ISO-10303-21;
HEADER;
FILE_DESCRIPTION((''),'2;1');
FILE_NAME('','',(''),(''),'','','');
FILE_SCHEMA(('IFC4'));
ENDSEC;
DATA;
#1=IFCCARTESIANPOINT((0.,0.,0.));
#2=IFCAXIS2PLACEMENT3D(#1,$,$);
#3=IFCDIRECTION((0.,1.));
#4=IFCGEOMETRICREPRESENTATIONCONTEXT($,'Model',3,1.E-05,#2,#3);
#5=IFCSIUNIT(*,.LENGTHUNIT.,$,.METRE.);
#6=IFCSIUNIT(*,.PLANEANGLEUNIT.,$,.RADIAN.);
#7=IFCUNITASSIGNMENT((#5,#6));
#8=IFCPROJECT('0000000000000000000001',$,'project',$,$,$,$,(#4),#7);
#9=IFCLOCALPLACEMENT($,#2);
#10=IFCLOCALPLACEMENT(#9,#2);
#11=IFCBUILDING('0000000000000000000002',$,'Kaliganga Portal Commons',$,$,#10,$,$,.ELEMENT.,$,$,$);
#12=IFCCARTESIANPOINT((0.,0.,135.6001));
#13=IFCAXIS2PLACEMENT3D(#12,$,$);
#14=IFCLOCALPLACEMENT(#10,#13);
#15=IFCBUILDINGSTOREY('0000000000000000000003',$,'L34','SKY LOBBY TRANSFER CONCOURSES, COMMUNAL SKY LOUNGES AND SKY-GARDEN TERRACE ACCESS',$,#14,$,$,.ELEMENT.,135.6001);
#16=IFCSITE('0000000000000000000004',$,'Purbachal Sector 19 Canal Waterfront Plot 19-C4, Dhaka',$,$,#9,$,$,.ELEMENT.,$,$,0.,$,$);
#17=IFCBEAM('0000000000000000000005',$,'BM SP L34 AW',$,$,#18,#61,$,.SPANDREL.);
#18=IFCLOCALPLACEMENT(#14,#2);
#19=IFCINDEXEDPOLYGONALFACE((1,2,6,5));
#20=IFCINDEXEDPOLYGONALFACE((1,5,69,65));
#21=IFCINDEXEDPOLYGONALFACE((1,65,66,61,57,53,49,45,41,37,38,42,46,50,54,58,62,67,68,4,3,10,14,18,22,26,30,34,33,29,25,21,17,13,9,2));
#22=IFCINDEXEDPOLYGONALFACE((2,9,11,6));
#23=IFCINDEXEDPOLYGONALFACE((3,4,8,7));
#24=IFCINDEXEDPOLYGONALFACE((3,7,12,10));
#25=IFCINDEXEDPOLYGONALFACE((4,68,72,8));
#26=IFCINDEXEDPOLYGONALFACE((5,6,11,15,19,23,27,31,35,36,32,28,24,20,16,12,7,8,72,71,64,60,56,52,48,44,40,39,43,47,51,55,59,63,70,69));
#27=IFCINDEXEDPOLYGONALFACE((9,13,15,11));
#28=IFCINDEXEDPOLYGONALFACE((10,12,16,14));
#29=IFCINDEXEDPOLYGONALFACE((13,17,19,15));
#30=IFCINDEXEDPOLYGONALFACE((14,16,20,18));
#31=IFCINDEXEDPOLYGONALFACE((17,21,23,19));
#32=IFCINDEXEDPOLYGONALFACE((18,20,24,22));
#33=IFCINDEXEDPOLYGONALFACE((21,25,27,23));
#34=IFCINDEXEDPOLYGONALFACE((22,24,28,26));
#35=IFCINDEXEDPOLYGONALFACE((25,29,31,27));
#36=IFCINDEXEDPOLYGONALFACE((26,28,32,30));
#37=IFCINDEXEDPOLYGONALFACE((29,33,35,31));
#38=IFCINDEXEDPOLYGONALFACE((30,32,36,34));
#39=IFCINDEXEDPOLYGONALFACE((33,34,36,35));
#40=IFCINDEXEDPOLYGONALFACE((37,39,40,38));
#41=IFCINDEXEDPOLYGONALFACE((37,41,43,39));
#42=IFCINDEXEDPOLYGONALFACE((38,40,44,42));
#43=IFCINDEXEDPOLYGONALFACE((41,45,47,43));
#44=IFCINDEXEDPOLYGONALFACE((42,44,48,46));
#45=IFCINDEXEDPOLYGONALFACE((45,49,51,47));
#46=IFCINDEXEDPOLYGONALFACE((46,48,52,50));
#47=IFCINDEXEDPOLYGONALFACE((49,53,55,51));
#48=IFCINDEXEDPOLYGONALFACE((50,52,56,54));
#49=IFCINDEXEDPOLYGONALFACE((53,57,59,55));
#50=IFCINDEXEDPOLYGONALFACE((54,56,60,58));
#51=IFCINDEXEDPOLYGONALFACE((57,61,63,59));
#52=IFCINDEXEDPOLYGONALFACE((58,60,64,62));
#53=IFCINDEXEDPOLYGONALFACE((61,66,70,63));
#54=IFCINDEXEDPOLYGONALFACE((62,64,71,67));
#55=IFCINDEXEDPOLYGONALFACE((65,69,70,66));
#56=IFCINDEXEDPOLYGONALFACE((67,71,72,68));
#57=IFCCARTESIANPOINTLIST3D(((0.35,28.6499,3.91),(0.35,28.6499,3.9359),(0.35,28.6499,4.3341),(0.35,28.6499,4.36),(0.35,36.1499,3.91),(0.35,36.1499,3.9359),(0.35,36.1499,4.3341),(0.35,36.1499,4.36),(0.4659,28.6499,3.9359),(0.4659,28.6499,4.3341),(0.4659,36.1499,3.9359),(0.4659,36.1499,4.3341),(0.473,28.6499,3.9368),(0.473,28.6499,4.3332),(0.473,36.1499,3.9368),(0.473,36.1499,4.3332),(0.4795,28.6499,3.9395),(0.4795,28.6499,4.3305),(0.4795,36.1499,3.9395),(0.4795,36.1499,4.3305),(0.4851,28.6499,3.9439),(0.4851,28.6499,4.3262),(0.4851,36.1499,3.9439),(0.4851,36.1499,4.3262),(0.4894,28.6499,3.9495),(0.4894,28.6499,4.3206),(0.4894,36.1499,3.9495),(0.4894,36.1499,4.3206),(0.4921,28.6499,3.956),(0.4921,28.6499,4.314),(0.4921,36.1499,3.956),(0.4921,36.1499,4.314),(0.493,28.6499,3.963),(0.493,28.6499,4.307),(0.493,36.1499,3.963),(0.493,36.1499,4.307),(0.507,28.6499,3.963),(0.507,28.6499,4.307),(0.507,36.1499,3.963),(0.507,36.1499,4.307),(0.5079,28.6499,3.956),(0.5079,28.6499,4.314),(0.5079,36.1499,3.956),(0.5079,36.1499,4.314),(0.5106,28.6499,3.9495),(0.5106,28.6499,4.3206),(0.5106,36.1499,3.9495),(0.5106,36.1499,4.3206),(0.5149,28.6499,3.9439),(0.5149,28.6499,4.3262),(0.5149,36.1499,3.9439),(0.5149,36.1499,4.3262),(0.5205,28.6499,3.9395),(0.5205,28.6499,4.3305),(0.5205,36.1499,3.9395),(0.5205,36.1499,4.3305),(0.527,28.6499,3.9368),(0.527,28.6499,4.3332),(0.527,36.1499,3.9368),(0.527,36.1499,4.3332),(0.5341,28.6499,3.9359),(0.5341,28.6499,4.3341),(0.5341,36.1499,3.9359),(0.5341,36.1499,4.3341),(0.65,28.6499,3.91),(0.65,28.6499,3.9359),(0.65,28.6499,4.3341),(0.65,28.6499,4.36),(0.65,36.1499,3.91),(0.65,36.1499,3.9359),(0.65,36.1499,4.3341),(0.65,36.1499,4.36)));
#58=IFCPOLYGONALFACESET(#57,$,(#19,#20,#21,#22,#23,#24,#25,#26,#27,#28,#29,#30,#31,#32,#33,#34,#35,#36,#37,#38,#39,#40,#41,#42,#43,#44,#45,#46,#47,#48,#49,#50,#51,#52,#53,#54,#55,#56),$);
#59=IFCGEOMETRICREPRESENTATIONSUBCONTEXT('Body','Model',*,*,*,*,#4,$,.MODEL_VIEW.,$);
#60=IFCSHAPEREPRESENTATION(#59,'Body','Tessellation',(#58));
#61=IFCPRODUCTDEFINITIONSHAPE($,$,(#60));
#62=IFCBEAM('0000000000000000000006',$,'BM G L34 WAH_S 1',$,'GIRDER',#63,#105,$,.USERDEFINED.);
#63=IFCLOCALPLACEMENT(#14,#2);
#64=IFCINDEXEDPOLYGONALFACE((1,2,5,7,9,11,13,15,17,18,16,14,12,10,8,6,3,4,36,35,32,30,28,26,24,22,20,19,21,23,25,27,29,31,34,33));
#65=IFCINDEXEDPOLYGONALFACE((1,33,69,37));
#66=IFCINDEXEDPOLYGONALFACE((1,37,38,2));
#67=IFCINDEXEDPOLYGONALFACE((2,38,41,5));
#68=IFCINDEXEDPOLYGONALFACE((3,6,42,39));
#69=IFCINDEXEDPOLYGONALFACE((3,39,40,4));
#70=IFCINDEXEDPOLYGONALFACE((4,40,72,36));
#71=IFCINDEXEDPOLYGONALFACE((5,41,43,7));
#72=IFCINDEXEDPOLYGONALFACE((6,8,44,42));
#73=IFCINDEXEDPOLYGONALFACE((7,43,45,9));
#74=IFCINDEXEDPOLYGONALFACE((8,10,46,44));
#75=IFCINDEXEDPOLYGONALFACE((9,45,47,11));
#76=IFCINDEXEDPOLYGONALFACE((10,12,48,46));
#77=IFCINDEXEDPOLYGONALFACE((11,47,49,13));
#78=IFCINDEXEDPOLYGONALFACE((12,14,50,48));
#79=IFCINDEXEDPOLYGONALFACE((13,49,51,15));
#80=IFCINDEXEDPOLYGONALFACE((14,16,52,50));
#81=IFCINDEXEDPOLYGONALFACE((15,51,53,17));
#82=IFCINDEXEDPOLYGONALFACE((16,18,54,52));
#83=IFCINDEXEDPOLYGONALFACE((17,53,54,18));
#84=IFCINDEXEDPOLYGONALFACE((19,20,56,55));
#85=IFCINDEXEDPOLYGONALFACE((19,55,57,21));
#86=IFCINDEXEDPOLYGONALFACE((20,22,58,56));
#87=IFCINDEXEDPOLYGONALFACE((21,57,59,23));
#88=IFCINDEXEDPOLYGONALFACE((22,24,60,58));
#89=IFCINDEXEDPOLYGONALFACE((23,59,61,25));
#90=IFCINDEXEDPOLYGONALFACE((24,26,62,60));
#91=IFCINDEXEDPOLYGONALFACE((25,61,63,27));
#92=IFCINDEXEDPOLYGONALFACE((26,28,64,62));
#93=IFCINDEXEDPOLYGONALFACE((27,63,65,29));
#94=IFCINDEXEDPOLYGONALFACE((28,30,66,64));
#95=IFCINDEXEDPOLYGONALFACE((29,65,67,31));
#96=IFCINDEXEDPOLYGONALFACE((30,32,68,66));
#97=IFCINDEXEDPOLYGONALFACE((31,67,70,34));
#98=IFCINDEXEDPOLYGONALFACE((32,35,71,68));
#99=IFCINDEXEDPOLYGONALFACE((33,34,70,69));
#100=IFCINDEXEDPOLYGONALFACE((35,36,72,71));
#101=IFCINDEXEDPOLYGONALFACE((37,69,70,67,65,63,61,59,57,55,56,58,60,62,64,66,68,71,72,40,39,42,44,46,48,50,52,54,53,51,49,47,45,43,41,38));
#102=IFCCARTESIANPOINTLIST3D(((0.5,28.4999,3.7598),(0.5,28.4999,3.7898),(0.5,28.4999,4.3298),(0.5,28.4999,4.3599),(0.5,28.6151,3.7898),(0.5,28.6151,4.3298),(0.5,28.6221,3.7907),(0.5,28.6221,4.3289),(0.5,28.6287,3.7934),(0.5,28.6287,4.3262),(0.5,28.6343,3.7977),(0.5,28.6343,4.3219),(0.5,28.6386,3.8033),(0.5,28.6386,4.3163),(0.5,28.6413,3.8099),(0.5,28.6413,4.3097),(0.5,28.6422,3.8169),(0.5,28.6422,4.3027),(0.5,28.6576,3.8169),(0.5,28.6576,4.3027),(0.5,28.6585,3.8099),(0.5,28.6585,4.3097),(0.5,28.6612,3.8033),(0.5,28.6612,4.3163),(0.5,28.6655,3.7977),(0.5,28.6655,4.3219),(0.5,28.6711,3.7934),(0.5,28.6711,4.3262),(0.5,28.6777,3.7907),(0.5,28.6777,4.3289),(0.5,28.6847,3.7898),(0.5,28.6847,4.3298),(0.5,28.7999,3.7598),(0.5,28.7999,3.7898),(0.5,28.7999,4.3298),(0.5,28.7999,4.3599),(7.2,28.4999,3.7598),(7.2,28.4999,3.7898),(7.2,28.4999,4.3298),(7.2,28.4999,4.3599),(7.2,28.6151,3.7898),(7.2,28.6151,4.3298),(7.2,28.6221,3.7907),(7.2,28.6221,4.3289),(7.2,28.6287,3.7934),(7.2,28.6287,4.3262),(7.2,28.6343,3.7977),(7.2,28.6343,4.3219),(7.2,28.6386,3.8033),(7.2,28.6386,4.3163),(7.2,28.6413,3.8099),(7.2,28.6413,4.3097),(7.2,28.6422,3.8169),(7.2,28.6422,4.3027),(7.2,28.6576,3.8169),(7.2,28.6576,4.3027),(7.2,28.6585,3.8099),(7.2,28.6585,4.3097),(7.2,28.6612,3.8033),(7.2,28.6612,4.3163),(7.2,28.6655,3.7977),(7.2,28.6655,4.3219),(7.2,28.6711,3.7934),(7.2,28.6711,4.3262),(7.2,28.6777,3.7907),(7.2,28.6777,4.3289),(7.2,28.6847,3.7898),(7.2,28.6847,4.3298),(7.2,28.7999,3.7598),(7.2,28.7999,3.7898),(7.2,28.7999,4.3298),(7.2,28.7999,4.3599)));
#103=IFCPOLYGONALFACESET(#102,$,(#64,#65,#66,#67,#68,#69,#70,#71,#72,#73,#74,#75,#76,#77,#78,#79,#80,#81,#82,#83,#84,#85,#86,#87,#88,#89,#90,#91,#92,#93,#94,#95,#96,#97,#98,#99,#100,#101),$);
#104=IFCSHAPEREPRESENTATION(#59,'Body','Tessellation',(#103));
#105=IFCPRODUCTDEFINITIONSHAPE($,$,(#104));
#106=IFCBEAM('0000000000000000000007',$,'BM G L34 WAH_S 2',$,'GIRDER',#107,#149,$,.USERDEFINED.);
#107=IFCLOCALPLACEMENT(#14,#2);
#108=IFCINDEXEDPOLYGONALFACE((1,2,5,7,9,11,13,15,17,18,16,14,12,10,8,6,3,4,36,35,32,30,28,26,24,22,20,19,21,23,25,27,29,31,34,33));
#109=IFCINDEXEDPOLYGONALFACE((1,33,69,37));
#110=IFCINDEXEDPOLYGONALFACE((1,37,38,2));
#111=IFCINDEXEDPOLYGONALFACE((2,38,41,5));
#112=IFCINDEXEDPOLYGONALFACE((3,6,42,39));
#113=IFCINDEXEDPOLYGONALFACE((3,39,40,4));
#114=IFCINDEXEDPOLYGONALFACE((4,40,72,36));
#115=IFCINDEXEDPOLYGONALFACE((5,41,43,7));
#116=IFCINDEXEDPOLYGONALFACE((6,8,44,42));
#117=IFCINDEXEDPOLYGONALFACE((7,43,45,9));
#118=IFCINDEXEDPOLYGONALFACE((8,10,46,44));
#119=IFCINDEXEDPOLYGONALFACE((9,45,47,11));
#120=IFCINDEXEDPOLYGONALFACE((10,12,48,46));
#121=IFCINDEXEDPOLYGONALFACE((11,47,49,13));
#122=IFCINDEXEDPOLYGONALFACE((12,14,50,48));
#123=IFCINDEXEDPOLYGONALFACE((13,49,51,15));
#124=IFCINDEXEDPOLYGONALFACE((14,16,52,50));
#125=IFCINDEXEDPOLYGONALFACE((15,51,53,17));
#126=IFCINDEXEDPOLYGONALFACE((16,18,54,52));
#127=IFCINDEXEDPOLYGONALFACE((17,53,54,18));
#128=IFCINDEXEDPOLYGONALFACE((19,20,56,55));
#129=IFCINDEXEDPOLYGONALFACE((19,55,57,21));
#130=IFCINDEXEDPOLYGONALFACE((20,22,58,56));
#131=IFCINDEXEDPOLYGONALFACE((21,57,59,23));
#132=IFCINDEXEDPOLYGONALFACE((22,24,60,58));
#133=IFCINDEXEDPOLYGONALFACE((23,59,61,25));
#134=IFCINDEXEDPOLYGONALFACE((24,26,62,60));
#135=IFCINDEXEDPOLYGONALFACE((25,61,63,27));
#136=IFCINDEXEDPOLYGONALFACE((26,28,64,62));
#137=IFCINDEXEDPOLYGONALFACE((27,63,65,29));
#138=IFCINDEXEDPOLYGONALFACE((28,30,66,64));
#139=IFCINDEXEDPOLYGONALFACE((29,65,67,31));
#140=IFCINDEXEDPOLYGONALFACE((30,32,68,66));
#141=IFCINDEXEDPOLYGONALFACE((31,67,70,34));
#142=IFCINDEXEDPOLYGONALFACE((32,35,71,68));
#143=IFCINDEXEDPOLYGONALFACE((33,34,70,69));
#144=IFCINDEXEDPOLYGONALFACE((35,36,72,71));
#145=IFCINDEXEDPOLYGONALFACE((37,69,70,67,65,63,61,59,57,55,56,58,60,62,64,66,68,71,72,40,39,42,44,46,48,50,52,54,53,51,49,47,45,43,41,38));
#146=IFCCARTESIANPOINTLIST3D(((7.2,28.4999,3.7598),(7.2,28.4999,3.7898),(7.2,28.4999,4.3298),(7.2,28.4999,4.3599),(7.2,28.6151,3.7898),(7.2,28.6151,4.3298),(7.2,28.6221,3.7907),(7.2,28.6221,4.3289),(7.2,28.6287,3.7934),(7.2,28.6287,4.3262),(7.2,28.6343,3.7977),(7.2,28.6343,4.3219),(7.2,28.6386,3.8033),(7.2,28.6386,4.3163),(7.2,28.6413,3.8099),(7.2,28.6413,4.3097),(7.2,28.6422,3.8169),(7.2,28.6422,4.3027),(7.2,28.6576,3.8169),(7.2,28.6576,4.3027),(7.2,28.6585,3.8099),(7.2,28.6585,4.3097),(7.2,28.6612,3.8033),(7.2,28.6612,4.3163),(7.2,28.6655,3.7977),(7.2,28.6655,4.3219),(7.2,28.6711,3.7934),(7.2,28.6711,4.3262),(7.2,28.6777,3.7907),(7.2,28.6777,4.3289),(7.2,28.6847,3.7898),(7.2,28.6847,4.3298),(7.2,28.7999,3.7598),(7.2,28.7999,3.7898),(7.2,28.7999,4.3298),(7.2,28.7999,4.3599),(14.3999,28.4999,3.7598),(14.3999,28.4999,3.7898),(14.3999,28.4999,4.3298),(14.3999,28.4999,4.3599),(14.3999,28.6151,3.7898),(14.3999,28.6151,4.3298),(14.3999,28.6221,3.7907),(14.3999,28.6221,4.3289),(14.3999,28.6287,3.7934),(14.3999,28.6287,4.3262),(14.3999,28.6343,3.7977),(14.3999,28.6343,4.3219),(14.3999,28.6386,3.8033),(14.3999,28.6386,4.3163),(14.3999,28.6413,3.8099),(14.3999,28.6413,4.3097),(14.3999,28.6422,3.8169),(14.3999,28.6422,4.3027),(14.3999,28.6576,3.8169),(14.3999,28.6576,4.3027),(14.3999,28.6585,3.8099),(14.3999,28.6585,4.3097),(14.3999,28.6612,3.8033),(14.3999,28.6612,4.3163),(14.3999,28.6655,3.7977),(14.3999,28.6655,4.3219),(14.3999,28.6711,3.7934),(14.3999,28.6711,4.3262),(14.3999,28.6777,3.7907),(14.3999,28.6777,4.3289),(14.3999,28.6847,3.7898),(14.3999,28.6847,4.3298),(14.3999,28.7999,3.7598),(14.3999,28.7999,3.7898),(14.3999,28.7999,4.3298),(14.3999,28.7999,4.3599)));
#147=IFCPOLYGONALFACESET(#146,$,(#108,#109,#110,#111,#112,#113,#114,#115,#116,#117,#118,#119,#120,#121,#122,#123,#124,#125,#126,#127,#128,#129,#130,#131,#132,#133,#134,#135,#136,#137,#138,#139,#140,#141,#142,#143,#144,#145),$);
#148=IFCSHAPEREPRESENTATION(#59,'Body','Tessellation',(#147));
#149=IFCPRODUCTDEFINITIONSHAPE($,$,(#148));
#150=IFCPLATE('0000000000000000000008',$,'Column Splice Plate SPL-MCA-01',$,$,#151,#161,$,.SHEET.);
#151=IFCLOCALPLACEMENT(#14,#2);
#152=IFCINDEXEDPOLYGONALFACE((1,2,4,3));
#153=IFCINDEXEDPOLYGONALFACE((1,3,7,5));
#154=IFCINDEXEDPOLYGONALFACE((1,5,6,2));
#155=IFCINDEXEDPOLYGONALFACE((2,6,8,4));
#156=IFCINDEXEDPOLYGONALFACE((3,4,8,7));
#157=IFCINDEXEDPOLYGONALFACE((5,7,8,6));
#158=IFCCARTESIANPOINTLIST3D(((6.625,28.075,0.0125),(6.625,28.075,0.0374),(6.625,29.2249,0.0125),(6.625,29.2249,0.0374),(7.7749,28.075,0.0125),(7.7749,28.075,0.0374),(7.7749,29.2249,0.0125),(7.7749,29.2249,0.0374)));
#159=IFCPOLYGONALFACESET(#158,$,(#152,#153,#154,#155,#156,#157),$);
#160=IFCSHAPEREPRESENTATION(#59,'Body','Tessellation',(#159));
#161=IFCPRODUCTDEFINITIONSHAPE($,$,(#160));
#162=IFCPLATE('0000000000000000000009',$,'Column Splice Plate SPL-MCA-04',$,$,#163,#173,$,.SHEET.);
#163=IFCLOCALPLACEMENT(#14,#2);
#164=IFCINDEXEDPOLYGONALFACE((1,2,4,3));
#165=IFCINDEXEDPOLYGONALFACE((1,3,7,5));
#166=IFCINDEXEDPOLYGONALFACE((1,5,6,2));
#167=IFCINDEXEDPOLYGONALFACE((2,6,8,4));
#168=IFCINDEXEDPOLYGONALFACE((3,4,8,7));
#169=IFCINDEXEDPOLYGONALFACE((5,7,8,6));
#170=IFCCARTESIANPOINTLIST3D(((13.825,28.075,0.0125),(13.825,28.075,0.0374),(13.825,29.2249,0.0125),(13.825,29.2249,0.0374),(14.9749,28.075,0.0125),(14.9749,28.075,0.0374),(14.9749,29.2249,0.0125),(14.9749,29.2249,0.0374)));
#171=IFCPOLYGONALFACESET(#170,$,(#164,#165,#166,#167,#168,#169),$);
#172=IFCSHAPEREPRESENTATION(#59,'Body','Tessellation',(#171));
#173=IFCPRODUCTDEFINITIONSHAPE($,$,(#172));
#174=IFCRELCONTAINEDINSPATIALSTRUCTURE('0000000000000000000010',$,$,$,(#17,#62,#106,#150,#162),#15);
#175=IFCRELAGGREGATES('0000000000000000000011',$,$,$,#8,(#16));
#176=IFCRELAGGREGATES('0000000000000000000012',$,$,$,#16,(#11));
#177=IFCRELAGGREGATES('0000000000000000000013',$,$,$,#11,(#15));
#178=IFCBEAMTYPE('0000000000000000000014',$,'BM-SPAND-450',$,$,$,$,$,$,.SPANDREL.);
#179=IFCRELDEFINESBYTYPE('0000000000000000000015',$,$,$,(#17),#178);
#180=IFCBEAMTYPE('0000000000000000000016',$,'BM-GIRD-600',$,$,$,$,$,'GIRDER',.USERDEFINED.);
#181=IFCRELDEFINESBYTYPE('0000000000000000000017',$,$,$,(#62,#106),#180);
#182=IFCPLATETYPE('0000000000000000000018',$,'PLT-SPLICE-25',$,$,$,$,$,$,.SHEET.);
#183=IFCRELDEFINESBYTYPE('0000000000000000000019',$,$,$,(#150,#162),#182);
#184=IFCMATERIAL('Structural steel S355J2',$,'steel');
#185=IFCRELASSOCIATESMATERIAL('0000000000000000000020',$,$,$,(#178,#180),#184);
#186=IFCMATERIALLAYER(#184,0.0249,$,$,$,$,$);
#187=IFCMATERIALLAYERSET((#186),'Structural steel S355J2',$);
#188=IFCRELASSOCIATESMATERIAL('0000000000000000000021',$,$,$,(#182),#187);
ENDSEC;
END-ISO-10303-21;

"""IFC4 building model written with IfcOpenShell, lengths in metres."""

from ifc_helpers import new_model, si_unit, direction, frame, origin, origin_2d, place, context, subcontext, project, spatial, rectangle, i_section, extrude, source, transform, mapped, material, layer, layer_set, material_profile, profile_set, type_object, element, save


model = new_model("IFC4")

# Units and contexts
model_context = context("Model", 3, precision=1e-05, world=origin(), true_north=direction((0.0, 1.0)))
body_context = subcontext(model_context, "Body", "Model", "MODEL_VIEW")
ifc_project = project(units=[si_unit("LENGTHUNIT", "METRE"), si_unit("PLANEANGLEUNIT", "RADIAN")], contexts=[model_context])

# Site, building, storey
site_placement = place(None, origin())
site = spatial("IfcSite", under=ifc_project, at=site_placement, Name="Purbachal Sector 19 Canal Waterfront Plot 19-C4, Dhaka", CompositionType="ELEMENT", RefElevation=0.0)
building_placement = place(site_placement, origin())
building = spatial("IfcBuilding", under=site, at=building_placement, Name="Kaliganga Portal Commons", CompositionType="ELEMENT")
storey_placement = place(building_placement, frame((0.0, 0.0, 135.6001)))
storey = spatial("IfcBuildingStorey", under=building, at=storey_placement, Name="L34", Description="SKY LOBBY TRANSFER CONCOURSES, COMMUNAL SKY LOUNGES AND SKY-GARDEN TERRACE ACCESS", CompositionType="ELEMENT", Elevation=135.6001)

# Beams
ifc_material_1 = material(Name="Structural steel S355J2", Category="steel")
ifc_material_profile_1 = material_profile(ifc_material_1, i_section(OverallWidth=0.3, OverallDepth=0.45, WebThickness=0.0139, FlangeThickness=0.0259, FilletRadius=0.0271, at=origin_2d()), Name="HE 450 B")
ifc_profile_set_1 = profile_set([ifc_material_profile_1], Name="Structural steel S355J2 wide-flange")
beam_type_1 = type_object("IfcBeamType", Name="BM-SPAND-450", PredefinedType="SPANDREL", material=ifc_profile_set_1)
shared_shape_1 = source(origin(), body_context, "Body", "SweptSolid", [
    extrude(i_section(OverallWidth=0.3, OverallDepth=0.45, WebThickness=0.0139, FlangeThickness=0.0259, FilletRadius=0.0271, at=origin_2d()), origin(), (0.0, 0.0, 1.0), 7.5),
])
beam_1_placement = place(storey_placement, frame((0.5, 28.6499, 4.135), z_axis=(0.0, 1.0, 0.0), x_axis=(-1.0, 0.0, 0.0)))
element("IfcBeam", 1, at=beam_1_placement, inside=storey, type_object=beam_type_1, Name="BM SP L34 AW", PredefinedType="SPANDREL", context=body_context, shape_type="MappedRepresentation", body=[
    mapped(shared_shape_1, transform((0.0, 0.0, 0.0), x_axis=(1.0, 0.0, 0.0), y_axis=(0.0, 1.0, 0.0), z_axis=(0.0, 0.0, 1.0), scale=1.0)),
])
ifc_material_profile_2 = material_profile(ifc_material_1, i_section(OverallWidth=0.3, OverallDepth=0.6001, WebThickness=0.0154, FlangeThickness=0.03, FilletRadius=0.0271, at=origin_2d()), Name="HE 600 B")
ifc_profile_set_2 = profile_set([ifc_material_profile_2], Name="Structural steel S355J2 wide-flange")
beam_type_2 = type_object("IfcBeamType", Name="BM-GIRD-600", ElementType="GIRDER", PredefinedType="USERDEFINED", material=ifc_profile_set_2)
shared_shape_2 = source(origin(), body_context, "Body", "SweptSolid", [
    extrude(i_section(OverallWidth=0.3, OverallDepth=0.6001, WebThickness=0.0154, FlangeThickness=0.03, FilletRadius=0.0271, at=origin_2d()), origin(), (0.0, 0.0, 1.0), 6.7),
])
beam_2_placement = place(storey_placement, frame((0.5, 28.6499, 4.0598), z_axis=(1.0, 0.0, 0.0), x_axis=(0.0, 1.0, 0.0)))
element("IfcBeam", 2, at=beam_2_placement, inside=storey, type_object=beam_type_2, Name="BM G L34 WAH_S 1", ObjectType="GIRDER", PredefinedType="USERDEFINED", context=body_context, shape_type="MappedRepresentation", body=[
    mapped(shared_shape_2, transform((0.0, 0.0, 0.0), x_axis=(1.0, 0.0, 0.0), y_axis=(0.0, 1.0, 0.0), z_axis=(0.0, 0.0, 1.0), scale=1.0)),
])
shared_shape_3 = source(origin(), body_context, "Body", "SweptSolid", [
    extrude(i_section(OverallWidth=0.3, OverallDepth=0.6001, WebThickness=0.0154, FlangeThickness=0.03, FilletRadius=0.0271, at=origin_2d()), origin(), (0.0, 0.0, 1.0), 7.2),
])
beam_3_placement = place(storey_placement, frame((7.2, 28.6499, 4.0598), z_axis=(1.0, 0.0, 0.0), x_axis=(0.0, 1.0, 0.0)))
element("IfcBeam", 3, at=beam_3_placement, inside=storey, type_object=beam_type_2, Name="BM G L34 WAH_S 2", ObjectType="GIRDER", PredefinedType="USERDEFINED", context=body_context, shape_type="MappedRepresentation", body=[
    mapped(shared_shape_3, transform((0.0, 0.0, 0.0), x_axis=(1.0, 0.0, 0.0), y_axis=(0.0, 1.0, 0.0), z_axis=(0.0, 0.0, 1.0), scale=1.0)),
])

# Plates
ifc_layer_1 = layer(ifc_material_1, 0.0249)
ifc_layer_set_1 = layer_set([ifc_layer_1], Name="Structural steel S355J2")
plate_type = type_object("IfcPlateType", Name="PLT-SPLICE-25", PredefinedType="SHEET", material=ifc_layer_set_1)
shared_shape_4 = source(origin(), body_context, "Body", "SweptSolid", [
    extrude(rectangle(XDim=1.1499, YDim=1.1499, at=origin_2d()), origin(), (0.0, 0.0, 1.0), 0.0249),
])
for number, where, z_axis, x_axis, name in (
    (4, (7.2, 28.6499, 0.0125), (0.0, 0.0, 1.0), (1.0, 0.0, 0.0), "Column Splice Plate SPL-MCA-01"),
    (5, (14.3999, 28.6499, 0.0125), (0.0, 0.0, 1.0), (1.0, 0.0, 0.0), "Column Splice Plate SPL-MCA-04"),
):
    element("IfcPlate", number, at=place(storey_placement, frame(where, z_axis=z_axis, x_axis=x_axis)), inside=storey, type_object=plate_type, Name=name, PredefinedType="SHEET", context=body_context, shape_type="MappedRepresentation", body=[
        mapped(shared_shape_4, transform((0.0, 0.0, 0.0), x_axis=(1.0, 0.0, 0.0), y_axis=(0.0, 1.0, 0.0), z_axis=(0.0, 0.0, 1.0), scale=1.0)),
    ])

save(model, "model.ifc")
